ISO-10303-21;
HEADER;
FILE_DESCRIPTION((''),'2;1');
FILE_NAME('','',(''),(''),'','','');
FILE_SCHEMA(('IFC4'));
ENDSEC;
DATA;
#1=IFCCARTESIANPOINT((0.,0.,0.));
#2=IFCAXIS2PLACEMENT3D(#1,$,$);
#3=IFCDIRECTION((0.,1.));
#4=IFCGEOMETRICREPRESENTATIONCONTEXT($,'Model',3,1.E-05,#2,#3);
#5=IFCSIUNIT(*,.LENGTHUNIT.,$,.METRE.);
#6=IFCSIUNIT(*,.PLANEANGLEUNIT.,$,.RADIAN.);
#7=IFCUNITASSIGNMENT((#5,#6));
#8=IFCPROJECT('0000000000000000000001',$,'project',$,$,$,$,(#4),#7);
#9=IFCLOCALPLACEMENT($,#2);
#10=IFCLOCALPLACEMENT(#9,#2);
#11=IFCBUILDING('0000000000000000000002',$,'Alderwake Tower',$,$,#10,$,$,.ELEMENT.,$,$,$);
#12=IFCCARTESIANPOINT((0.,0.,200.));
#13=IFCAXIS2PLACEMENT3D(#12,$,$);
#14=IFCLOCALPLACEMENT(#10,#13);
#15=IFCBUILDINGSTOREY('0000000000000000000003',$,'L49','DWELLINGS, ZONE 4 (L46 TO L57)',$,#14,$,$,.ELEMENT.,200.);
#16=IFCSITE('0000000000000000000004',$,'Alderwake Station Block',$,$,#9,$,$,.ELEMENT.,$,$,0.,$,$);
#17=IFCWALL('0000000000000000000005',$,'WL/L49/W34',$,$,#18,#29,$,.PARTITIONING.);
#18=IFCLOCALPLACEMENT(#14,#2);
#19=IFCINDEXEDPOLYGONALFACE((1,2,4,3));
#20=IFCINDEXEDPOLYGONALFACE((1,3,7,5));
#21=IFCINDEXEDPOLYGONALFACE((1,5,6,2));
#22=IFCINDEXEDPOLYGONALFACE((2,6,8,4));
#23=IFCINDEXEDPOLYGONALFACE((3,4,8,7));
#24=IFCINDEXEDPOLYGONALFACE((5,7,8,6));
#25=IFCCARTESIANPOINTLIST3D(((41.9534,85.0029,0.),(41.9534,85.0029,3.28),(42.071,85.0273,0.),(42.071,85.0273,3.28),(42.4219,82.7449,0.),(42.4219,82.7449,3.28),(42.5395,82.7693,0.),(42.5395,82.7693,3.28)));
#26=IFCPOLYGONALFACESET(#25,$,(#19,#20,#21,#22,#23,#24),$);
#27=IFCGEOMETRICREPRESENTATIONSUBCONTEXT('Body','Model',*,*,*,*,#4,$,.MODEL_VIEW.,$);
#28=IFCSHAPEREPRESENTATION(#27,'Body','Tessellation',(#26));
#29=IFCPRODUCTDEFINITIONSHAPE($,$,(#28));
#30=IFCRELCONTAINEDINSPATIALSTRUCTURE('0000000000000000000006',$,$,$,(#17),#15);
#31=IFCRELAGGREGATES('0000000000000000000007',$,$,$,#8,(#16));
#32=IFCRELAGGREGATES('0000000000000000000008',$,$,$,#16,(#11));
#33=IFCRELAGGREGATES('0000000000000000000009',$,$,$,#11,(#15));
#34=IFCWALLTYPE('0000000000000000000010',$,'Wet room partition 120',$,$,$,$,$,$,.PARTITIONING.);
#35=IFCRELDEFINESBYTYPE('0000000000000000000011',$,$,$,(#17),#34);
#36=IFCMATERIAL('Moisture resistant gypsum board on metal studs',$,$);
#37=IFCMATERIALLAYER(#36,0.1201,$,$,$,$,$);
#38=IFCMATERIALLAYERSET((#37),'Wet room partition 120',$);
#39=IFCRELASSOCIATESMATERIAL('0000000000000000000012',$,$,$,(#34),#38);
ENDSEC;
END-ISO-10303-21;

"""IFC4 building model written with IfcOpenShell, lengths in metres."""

from ifc_helpers import new_model, si_unit, direction, frame, frame_2d, origin, place, context, subcontext, project, spatial, rectangle, extrude, material, layer, layer_set, type_object, element, save


model = new_model("IFC4")

# Units and contexts
model_context = context("Model", 3, precision=1e-05, world=origin(), true_north=direction((0.0, 1.0)))
body_context = subcontext(model_context, "Body", "Model", "MODEL_VIEW")
ifc_project = project(units=[si_unit("LENGTHUNIT", "METRE"), si_unit("PLANEANGLEUNIT", "RADIAN")], contexts=[model_context])

# Site, building, storey
site_placement = place(None, origin())
site = spatial("IfcSite", under=ifc_project, at=site_placement, Name="Alderwake Station Block", CompositionType="ELEMENT", RefElevation=0.0)
building_placement = place(site_placement, origin())
building = spatial("IfcBuilding", under=site, at=building_placement, Name="Alderwake Tower", CompositionType="ELEMENT")
storey_placement = place(building_placement, frame((0.0, 0.0, 200.0)))
storey = spatial("IfcBuildingStorey", under=building, at=storey_placement, Name="L49", Description="DWELLINGS, ZONE 4 (L46 TO L57)", CompositionType="ELEMENT", Elevation=200.0)

# Shared definitions
ifc_material_1 = material(Name="Moisture resistant gypsum board on metal studs")
ifc_layer_1 = layer(ifc_material_1, 0.1201)
ifc_layer_set_1 = layer_set([ifc_layer_1], Name="Wet room partition 120")
wall_type_1 = type_object("IfcWallType", Name="Wet room partition 120", PredefinedType="PARTITIONING", material=ifc_layer_set_1)

# Wall
wall_1_placement = place(storey_placement, frame((42.4807, 82.7571, 0.0), z_axis=(0.0, 0.0, 1.0), x_axis=(-0.203155, 0.979147, 0.0)))
element("IfcWall", 1, at=wall_1_placement, inside=storey, type_object=wall_type_1, Name="WL/L49/W34", PredefinedType="PARTITIONING", context=body_context, shape_type="SweptSolid", body=[
    extrude(rectangle(XDim=2.3062, YDim=0.1201, at=frame_2d((1.1531, 0.0))), origin(), (0.0, 0.0, 1.0), 3.28),
])

save(model, "model.ifc")
